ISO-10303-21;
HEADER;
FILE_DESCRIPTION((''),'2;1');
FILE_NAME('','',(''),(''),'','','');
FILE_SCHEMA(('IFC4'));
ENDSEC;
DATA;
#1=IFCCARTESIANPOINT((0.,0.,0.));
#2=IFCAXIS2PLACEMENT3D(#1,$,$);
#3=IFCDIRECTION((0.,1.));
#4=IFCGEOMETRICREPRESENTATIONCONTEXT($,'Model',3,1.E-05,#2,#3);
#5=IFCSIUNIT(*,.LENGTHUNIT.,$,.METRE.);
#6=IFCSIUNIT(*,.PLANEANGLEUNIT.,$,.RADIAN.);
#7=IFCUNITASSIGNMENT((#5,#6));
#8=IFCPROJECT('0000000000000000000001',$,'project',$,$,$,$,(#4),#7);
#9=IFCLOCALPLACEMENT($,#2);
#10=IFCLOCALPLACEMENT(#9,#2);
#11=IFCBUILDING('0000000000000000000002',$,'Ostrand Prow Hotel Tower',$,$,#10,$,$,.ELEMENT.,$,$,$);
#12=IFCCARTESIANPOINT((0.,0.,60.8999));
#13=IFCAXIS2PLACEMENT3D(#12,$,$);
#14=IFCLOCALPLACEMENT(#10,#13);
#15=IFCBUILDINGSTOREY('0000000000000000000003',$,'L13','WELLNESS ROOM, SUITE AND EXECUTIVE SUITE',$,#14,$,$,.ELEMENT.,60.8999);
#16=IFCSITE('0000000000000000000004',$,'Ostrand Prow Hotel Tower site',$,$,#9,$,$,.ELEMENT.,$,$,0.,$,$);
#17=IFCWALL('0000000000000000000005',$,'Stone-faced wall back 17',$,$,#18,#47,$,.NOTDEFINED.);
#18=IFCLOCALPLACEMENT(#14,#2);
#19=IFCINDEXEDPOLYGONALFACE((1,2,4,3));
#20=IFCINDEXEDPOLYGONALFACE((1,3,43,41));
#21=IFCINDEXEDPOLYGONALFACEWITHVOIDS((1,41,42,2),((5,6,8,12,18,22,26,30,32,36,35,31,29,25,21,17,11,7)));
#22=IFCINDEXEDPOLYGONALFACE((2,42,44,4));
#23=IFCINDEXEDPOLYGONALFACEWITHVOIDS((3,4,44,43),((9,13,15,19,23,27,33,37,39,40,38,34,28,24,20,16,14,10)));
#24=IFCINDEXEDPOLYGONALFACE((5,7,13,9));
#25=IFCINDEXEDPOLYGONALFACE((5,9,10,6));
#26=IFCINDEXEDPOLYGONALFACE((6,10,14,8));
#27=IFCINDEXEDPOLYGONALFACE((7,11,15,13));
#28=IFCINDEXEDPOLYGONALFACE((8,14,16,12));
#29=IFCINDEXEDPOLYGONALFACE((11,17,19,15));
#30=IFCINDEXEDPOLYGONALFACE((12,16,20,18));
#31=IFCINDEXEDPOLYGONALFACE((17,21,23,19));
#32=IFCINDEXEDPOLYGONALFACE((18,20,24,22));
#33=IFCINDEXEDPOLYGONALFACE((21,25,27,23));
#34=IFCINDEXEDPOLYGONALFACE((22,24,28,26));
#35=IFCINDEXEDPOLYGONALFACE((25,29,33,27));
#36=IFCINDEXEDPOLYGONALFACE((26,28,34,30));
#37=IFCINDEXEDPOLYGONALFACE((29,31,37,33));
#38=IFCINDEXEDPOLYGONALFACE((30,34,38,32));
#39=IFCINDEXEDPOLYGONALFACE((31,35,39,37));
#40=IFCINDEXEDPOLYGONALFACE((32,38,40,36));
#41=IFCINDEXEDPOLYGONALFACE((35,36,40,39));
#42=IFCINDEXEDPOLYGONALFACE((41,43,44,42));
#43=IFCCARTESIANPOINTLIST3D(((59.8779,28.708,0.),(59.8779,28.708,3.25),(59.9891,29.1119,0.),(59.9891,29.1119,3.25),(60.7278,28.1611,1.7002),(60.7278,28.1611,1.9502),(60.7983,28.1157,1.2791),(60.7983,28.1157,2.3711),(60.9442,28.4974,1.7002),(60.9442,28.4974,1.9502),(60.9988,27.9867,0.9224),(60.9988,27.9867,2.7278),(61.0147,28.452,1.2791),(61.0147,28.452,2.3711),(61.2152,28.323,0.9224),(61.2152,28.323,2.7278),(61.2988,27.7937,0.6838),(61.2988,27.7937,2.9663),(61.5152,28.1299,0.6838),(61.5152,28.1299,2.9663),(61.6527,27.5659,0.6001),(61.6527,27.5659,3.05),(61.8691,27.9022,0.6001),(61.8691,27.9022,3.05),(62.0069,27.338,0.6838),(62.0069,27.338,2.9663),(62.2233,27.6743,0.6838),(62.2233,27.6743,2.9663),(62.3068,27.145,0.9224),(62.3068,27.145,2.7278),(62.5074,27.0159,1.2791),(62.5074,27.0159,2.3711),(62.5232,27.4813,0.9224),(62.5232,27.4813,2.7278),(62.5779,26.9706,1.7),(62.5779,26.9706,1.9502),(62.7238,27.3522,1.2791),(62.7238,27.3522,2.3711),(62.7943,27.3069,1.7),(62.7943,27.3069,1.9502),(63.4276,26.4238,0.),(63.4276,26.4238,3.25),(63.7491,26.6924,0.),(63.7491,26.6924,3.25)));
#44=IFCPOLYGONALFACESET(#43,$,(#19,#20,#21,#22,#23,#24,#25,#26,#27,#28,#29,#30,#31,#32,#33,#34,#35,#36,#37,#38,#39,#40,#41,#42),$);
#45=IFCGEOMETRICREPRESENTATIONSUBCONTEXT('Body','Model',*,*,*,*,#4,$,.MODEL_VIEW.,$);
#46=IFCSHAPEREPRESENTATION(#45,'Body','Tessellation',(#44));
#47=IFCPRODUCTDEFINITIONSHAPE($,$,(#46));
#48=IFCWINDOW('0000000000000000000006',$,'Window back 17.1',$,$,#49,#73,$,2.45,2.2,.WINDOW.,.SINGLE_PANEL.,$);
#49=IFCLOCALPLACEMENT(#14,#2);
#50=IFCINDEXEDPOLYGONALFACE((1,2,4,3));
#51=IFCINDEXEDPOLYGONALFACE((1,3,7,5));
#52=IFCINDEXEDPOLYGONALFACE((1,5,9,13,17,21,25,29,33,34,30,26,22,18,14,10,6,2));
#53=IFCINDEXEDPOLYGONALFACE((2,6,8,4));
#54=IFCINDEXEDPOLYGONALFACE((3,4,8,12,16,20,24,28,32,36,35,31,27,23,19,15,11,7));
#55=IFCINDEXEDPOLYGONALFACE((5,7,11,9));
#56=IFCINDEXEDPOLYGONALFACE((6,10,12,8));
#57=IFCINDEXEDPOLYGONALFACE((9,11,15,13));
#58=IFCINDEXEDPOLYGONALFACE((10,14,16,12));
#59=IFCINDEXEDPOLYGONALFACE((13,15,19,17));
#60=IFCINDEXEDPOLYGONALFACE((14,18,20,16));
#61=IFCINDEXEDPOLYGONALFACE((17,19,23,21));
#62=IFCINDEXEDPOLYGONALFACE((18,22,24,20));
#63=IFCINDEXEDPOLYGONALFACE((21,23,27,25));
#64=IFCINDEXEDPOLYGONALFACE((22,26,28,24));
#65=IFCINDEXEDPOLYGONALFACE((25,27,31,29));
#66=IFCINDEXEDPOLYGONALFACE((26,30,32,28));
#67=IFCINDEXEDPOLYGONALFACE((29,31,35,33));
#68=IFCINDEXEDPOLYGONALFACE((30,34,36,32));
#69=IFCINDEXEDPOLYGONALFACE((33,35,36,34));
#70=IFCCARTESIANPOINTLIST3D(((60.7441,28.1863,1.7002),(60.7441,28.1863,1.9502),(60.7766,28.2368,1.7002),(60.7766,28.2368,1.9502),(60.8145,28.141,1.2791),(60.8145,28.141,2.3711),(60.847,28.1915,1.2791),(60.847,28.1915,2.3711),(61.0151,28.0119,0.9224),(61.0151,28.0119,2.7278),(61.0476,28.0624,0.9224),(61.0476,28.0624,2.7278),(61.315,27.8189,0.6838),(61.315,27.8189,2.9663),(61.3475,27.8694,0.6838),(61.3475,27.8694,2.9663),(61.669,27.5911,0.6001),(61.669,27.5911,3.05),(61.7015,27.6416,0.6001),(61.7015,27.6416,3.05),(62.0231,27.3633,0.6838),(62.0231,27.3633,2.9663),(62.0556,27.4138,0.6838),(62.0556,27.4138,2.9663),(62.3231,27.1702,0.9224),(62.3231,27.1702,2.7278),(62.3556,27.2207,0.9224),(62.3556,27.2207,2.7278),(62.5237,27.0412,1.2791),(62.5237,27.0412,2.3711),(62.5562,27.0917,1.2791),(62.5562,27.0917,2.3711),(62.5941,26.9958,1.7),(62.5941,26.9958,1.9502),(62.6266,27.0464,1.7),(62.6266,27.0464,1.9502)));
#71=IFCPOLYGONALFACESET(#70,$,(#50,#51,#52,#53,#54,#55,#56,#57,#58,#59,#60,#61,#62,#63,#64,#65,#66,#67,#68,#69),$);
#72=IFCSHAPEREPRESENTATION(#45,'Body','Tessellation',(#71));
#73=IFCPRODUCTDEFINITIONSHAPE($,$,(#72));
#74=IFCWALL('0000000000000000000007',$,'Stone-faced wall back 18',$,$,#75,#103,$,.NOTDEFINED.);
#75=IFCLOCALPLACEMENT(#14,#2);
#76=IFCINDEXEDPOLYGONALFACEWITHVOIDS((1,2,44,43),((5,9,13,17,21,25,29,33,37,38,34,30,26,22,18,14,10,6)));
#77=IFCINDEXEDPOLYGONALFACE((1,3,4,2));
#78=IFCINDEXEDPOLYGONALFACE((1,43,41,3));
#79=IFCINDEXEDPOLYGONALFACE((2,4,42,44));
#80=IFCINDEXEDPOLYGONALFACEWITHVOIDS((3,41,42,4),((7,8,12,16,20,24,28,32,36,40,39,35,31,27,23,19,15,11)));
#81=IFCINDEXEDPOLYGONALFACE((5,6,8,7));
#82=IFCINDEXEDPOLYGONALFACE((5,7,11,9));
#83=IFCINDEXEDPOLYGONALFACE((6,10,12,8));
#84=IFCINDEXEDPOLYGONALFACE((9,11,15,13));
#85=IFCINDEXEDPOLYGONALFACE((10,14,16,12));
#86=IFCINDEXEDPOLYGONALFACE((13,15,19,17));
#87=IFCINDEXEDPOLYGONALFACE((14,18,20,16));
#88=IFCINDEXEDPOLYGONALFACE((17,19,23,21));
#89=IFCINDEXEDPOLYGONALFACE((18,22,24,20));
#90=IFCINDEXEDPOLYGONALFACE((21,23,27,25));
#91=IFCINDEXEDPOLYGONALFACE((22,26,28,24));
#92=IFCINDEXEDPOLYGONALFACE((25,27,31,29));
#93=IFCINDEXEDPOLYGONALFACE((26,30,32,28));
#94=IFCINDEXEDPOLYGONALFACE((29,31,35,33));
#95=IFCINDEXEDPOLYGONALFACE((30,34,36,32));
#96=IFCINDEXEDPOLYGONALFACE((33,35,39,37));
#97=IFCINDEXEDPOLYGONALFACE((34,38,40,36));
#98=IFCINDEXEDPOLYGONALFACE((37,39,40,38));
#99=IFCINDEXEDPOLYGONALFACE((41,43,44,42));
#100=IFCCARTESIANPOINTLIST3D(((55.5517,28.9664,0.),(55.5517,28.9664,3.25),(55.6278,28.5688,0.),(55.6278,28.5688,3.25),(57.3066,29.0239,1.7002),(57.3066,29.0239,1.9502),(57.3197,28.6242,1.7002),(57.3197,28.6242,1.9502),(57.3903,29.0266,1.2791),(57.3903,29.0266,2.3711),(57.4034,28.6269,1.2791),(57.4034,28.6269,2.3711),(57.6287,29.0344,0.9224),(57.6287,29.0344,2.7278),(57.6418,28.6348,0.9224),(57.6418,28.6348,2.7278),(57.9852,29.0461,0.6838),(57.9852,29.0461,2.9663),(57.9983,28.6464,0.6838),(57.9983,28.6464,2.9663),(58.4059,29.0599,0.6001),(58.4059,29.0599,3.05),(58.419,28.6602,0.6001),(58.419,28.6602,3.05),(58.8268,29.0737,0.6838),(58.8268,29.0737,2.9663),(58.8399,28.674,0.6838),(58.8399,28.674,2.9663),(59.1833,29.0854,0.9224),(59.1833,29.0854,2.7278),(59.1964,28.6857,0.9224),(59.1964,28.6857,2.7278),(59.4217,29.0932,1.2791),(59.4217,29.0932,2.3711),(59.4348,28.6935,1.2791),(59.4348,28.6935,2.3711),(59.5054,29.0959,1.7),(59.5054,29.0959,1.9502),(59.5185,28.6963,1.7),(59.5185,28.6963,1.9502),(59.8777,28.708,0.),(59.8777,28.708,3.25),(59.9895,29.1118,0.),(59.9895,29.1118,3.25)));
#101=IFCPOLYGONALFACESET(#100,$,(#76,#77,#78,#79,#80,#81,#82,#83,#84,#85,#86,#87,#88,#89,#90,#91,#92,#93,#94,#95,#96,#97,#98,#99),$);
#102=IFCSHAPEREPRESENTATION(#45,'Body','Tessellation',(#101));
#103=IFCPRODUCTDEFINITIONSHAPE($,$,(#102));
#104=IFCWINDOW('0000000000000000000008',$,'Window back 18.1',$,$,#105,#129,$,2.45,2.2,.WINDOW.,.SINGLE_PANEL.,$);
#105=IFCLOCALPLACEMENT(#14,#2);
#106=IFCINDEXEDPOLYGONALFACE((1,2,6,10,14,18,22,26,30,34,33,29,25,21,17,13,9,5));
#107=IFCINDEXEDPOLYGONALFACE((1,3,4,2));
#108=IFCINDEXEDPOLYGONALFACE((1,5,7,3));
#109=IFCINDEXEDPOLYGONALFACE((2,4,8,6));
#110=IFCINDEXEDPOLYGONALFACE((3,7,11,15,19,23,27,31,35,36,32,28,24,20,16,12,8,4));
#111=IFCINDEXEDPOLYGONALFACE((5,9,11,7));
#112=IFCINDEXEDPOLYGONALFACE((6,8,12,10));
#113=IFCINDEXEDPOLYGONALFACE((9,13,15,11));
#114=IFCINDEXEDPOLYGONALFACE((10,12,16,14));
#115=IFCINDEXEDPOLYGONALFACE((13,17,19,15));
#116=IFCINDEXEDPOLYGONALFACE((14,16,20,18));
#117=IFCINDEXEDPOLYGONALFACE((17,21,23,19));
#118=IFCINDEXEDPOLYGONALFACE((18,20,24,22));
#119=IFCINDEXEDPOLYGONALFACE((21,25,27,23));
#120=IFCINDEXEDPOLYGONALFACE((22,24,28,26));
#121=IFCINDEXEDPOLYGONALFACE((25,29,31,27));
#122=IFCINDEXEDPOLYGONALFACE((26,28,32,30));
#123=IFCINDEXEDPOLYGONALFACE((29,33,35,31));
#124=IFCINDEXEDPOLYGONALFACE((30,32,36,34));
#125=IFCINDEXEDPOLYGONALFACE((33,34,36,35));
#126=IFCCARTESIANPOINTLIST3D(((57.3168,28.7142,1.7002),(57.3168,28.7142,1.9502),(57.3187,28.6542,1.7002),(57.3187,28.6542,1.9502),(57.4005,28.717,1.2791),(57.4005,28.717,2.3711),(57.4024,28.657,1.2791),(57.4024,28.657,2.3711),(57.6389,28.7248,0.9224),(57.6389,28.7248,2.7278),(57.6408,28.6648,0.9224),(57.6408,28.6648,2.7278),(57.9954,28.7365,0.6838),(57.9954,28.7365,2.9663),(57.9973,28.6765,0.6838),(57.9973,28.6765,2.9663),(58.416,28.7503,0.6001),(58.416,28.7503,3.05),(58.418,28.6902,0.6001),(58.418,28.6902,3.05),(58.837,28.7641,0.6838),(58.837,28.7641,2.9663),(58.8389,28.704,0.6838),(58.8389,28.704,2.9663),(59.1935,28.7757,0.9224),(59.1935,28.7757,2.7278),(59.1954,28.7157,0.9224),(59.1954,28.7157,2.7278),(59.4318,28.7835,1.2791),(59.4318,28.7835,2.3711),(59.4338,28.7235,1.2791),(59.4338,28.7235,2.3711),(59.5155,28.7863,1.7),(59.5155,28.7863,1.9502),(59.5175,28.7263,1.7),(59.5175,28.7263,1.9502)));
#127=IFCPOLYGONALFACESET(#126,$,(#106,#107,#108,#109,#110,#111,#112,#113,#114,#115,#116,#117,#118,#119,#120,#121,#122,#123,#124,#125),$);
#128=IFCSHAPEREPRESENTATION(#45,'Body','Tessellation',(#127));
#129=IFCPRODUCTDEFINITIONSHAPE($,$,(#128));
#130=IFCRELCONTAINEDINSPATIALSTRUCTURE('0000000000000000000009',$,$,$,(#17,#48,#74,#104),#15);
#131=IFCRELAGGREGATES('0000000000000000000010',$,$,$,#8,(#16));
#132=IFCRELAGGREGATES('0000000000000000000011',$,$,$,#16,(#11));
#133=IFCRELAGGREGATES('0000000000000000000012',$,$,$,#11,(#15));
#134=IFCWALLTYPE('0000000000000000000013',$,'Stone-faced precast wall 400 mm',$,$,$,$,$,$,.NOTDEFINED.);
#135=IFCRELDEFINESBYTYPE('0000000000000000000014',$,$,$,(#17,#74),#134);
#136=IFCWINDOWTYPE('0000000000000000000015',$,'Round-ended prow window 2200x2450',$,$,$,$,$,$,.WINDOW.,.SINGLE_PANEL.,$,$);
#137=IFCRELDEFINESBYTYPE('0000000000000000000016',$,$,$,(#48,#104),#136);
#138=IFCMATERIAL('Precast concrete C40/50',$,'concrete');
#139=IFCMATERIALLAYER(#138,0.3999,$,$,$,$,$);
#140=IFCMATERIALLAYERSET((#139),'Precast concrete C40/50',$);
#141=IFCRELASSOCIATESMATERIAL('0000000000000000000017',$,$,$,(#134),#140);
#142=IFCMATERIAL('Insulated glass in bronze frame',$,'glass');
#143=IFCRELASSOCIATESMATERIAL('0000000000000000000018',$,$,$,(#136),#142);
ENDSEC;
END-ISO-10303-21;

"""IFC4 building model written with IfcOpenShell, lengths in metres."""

from ifc_helpers import new_model, si_unit, direction, frame, origin, place, context, subcontext, project, spatial, polyline, outline, extrude, material, layer, layer_set, type_object, element, fill, save


model = new_model("IFC4")

# Units and contexts
model_context = context("Model", 3, precision=1e-05, world=origin(), true_north=direction((0.0, 1.0)))
body_context = subcontext(model_context, "Body", "Model", "MODEL_VIEW")
ifc_project = project(units=[si_unit("LENGTHUNIT", "METRE"), si_unit("PLANEANGLEUNIT", "RADIAN")], contexts=[model_context])

# Site, building, storey
site_placement = place(None, origin())
site = spatial("IfcSite", under=ifc_project, at=site_placement, Name="Ostrand Prow Hotel Tower site", CompositionType="ELEMENT", RefElevation=0.0)
building_placement = place(site_placement, origin())
building = spatial("IfcBuilding", under=site, at=building_placement, Name="Ostrand Prow Hotel Tower", CompositionType="ELEMENT")
storey_placement = place(building_placement, frame((0.0, 0.0, 60.8999)))
storey = spatial("IfcBuildingStorey", under=building, at=storey_placement, Name="L13", Description="WELLNESS ROOM, SUITE AND EXECUTIVE SUITE", CompositionType="ELEMENT", Elevation=60.8999)

# Walls, openings, windows
ifc_material_1 = material(Name="Precast concrete C40/50", Category="concrete")
ifc_layer_1 = layer(ifc_material_1, 0.3999)
ifc_layer_set_1 = layer_set([ifc_layer_1], Name="Precast concrete C40/50")
wall_type_1 = type_object("IfcWallType", Name="Stone-faced precast wall 400 mm", PredefinedType="NOTDEFINED", material=ifc_layer_set_1)
ifc_material_2 = material(Name="Insulated glass in bronze frame", Category="glass")
window_type_1 = type_object("IfcWindowType", Name="Round-ended prow window 2200x2450", PartitioningType="SINGLE_PANEL", PredefinedType="WINDOW", material=ifc_material_2)
wall_1_placement = place(storey_placement, frame((63.5884, 26.5581, 0.0), z_axis=(0.0, 0.0, 1.0), x_axis=(-0.840937, 0.541132, 0.0)))
wall_1 = element("IfcWall", 1, at=wall_1_placement, inside=storey, type_object=wall_type_1, Name="Stone-faced wall back 17", PredefinedType="NOTDEFINED", context=body_context, shape_type="SweptSolid", body=[
    extrude(outline(polyline([(-0.0625, -0.2), (4.4087, -0.2), (4.2837, 0.2), (0.0625, 0.2), (-0.0625, -0.2)])), origin(), (0.0, 0.0, 1.0), 3.25),
])
opening_1_placement = place(wall_1_placement, frame((1.073, 0.0, 0.6001)))
opening_1 = element("IfcOpeningElement", 2, at=opening_1_placement, cuts=wall_1, PredefinedType="OPENING", context=body_context, shape_type="SweptSolid", body=[
    extrude(outline(polyline([(0.0, 1.3501), (0.0837, 1.771), (0.3223, 2.1277), (0.679, 2.3662), (1.1001, 2.45), (1.521, 2.3662), (1.8777, 2.1277), (2.1162, 1.771), (2.2, 1.3501), (2.2, 1.1001), (2.1162, 0.679), (1.8777, 0.3223), (1.521, 0.0837), (1.1001, 0.0), (0.679, 0.0837), (0.3223, 0.3223), (0.0837, 0.679), (0.0, 1.0999), (0.0, 1.3501)])), frame((0.0, 0.21, 0.0), z_axis=(0.0, -1.0, 0.0), x_axis=(1.0, 0.0, 0.0)), (0.0, 0.0, 1.0), 0.4199),
])
window_1_placement = place(opening_1_placement, origin())
window_1 = element("IfcWindow", 3, at=window_1_placement, inside=storey, type_object=window_type_1, Name="Window back 17.1", OverallHeight=2.45, OverallWidth=2.2, PartitioningType="SINGLE_PANEL", PredefinedType="WINDOW", context=body_context, shape_type="SweptSolid", body=[
    extrude(outline(polyline([(0.0, 1.3501), (0.0837, 1.771), (0.3223, 2.1277), (0.679, 2.3662), (1.1001, 2.45), (1.521, 2.3662), (1.8777, 2.1277), (2.1162, 1.771), (2.2, 1.3501), (2.2, 1.1001), (2.1162, 0.679), (1.8777, 0.3223), (1.521, 0.0837), (1.1001, 0.0), (0.679, 0.0837), (0.3223, 0.3223), (0.0837, 0.679), (0.0, 1.0999), (0.0, 1.3501)])), frame((0.0, 0.1699, 0.0), z_axis=(0.0, -1.0, 0.0), x_axis=(1.0, 0.0, 0.0)), (0.0, 0.0, 1.0), 0.0601),
])
fill(opening_1, window_1)
wall_2_placement = place(storey_placement, frame((59.9336, 28.9099, 0.0), z_axis=(0.0, 0.0, 1.0), x_axis=(-0.999464, -0.03275, 0.0)))
wall_2 = element("IfcWall", 4, at=wall_2_placement, inside=storey, type_object=wall_type_1, Name="Stone-faced wall back 18", PredefinedType="NOTDEFINED", context=body_context, shape_type="SweptSolid", body=[
    extrude(outline(polyline([(-0.0625, -0.2), (4.3777, -0.2), (4.3147, 0.2), (0.0625, 0.2), (-0.0625, -0.2)])), origin(), (0.0, 0.0, 1.0), 3.25),
])
opening_2_placement = place(wall_2_placement, frame((0.4219, 0.0, 0.6001)))
opening_2 = element("IfcOpeningElement", 5, at=opening_2_placement, cuts=wall_2, PredefinedType="OPENING", context=body_context, shape_type="SweptSolid", body=[
    extrude(outline(polyline([(0.0, 1.3501), (0.0837, 1.771), (0.3223, 2.1277), (0.679, 2.3662), (1.1001, 2.45), (1.521, 2.3662), (1.8777, 2.1277), (2.1162, 1.771), (2.2, 1.3501), (2.2, 1.1001), (2.1162, 0.679), (1.8777, 0.3223), (1.521, 0.0837), (1.1001, 0.0), (0.679, 0.0837), (0.3223, 0.3223), (0.0837, 0.679), (0.0, 1.0999), (0.0, 1.3501)])), frame((0.0, 0.21, 0.0), z_axis=(0.0, -1.0, 0.0), x_axis=(1.0, 0.0, 0.0)), (0.0, 0.0, 1.0), 0.4199),
])
window_2_placement = place(opening_2_placement, origin())
window_2 = element("IfcWindow", 6, at=window_2_placement, inside=storey, type_object=window_type_1, Name="Window back 18.1", OverallHeight=2.45, OverallWidth=2.2, PartitioningType="SINGLE_PANEL", PredefinedType="WINDOW", context=body_context, shape_type="SweptSolid", body=[
    extrude(outline(polyline([(0.0, 1.3501), (0.0837, 1.771), (0.3223, 2.1277), (0.679, 2.3662), (1.1001, 2.45), (1.521, 2.3662), (1.8777, 2.1277), (2.1162, 1.771), (2.2, 1.3501), (2.2, 1.1001), (2.1162, 0.679), (1.8777, 0.3223), (1.521, 0.0837), (1.1001, 0.0), (0.679, 0.0837), (0.3223, 0.3223), (0.0837, 0.679), (0.0, 1.0999), (0.0, 1.3501)])), frame((0.0, 0.1699, 0.0), z_axis=(0.0, -1.0, 0.0), x_axis=(1.0, 0.0, 0.0)), (0.0, 0.0, 1.0), 0.0601),
])
fill(opening_2, window_2)

save(model, "model.ifc")
